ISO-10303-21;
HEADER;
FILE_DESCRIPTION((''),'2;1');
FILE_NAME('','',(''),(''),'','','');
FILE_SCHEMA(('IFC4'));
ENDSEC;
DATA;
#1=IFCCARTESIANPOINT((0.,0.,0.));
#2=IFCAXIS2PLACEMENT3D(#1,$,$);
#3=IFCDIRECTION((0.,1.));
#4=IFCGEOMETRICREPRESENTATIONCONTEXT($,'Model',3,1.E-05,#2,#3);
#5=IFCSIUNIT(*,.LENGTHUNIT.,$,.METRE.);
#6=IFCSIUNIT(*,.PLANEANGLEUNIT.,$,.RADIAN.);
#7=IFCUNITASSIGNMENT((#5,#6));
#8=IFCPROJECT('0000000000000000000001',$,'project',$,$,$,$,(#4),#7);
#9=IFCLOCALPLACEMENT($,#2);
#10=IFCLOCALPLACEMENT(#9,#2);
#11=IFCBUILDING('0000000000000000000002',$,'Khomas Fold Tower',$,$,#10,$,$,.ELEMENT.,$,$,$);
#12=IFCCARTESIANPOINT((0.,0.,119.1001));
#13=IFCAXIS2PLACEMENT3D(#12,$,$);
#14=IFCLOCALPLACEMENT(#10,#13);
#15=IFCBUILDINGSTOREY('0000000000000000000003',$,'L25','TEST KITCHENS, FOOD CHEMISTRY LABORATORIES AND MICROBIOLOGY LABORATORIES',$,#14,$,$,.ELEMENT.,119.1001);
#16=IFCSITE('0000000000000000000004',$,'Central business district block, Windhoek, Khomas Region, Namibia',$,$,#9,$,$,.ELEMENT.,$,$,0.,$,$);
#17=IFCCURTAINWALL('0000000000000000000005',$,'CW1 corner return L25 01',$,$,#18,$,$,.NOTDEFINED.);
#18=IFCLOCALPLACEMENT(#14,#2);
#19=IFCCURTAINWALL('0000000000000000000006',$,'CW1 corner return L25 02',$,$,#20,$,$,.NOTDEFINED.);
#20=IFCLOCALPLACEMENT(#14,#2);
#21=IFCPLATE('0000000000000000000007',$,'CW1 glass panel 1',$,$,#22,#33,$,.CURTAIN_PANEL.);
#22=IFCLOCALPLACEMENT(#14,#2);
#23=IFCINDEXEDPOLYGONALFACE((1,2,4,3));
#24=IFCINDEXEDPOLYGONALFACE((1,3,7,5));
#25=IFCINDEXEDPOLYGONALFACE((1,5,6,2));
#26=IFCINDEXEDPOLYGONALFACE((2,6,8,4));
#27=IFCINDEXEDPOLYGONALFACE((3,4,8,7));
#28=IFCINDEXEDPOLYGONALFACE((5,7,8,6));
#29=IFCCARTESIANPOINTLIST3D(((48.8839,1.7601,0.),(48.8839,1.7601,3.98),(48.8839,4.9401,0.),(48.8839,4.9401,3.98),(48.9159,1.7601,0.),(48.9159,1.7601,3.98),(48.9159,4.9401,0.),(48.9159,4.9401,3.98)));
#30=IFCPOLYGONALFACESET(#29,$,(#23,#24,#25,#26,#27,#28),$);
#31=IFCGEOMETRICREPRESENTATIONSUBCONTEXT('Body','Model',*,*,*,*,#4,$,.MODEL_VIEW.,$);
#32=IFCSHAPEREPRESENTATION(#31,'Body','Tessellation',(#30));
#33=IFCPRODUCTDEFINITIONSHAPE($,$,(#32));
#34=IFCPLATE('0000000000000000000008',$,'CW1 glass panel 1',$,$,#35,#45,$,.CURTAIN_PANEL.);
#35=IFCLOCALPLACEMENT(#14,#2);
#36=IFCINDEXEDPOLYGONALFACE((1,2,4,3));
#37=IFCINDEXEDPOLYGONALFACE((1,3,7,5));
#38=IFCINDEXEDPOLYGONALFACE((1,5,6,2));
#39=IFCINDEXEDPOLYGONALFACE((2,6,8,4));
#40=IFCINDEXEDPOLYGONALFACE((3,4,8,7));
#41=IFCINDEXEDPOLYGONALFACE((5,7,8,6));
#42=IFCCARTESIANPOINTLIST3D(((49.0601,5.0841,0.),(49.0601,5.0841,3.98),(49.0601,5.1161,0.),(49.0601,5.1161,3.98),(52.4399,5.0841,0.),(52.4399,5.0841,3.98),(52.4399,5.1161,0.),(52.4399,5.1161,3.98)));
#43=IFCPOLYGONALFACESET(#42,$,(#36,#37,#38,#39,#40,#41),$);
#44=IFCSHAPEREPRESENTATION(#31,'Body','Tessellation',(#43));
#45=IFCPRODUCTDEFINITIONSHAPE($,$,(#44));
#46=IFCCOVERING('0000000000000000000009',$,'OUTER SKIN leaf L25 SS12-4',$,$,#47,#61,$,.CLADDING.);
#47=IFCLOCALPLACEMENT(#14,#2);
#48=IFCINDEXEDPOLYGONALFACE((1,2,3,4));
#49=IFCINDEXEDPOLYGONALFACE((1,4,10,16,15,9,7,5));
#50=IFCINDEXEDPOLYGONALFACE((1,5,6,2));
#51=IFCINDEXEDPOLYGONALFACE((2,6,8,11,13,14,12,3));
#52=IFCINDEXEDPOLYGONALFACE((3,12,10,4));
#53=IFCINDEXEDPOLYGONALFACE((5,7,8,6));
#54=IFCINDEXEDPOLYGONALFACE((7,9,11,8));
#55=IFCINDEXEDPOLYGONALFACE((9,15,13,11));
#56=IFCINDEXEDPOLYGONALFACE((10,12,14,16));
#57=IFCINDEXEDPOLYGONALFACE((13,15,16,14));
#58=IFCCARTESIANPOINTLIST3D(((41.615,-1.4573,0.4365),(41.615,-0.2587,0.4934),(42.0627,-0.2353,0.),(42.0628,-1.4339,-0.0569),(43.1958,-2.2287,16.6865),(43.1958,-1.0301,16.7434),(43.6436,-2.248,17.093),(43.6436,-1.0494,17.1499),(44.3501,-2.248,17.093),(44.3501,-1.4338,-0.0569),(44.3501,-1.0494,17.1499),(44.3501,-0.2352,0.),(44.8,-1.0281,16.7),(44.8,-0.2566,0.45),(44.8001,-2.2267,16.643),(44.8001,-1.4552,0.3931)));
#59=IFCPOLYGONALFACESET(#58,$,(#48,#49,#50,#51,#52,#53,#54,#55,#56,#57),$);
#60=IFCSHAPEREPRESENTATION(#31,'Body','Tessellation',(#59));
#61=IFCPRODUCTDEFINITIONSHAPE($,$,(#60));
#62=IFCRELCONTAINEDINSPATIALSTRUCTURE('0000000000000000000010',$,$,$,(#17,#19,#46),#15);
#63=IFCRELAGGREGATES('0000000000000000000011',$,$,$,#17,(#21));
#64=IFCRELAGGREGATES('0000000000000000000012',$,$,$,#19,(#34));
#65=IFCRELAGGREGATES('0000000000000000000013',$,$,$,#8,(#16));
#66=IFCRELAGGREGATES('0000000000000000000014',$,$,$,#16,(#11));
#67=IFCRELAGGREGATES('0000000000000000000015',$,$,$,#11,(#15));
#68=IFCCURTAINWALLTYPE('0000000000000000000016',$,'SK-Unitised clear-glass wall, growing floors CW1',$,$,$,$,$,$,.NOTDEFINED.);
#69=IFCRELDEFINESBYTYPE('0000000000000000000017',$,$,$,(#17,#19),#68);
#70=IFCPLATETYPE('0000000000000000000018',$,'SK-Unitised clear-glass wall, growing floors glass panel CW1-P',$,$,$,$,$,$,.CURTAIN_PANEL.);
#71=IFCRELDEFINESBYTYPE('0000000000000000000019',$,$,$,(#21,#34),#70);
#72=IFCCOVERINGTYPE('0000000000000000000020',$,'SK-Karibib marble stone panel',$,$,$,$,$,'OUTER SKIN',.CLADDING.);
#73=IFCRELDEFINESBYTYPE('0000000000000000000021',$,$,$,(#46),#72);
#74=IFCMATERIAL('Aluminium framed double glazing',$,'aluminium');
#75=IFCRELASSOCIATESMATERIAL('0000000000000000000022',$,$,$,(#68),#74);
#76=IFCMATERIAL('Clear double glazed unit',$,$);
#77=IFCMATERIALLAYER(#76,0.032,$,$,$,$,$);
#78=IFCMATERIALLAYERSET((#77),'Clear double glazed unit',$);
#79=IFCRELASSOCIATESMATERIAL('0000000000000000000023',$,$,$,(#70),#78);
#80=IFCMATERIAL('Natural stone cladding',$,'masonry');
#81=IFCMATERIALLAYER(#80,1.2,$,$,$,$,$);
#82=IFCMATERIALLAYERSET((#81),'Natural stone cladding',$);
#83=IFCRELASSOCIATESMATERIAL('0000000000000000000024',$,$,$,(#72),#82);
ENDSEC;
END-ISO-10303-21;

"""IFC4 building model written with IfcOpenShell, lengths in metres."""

from ifc_helpers import new_model, si_unit, direction, frame, origin, origin_2d, place, context, subcontext, project, spatial, polyline, rectangle, outline, extrude, source, transform, mapped, material, layer, layer_set, type_object, element, aggregate, save


model = new_model("IFC4")

# Units and contexts
model_context = context("Model", 3, precision=1e-05, world=origin(), true_north=direction((0.0, 1.0)))
body_context = subcontext(model_context, "Body", "Model", "MODEL_VIEW")
ifc_project = project(units=[si_unit("LENGTHUNIT", "METRE"), si_unit("PLANEANGLEUNIT", "RADIAN")], contexts=[model_context])

# Site, building, storey
site_placement = place(None, origin())
site = spatial("IfcSite", under=ifc_project, at=site_placement, Name="Central business district block, Windhoek, Khomas Region, Namibia", CompositionType="ELEMENT", RefElevation=0.0)
building_placement = place(site_placement, origin())
building = spatial("IfcBuilding", under=site, at=building_placement, Name="Khomas Fold Tower", CompositionType="ELEMENT")
storey_placement = place(building_placement, frame((0.0, 0.0, 119.1001)))
storey = spatial("IfcBuildingStorey", under=building, at=storey_placement, Name="L25", Description="TEST KITCHENS, FOOD CHEMISTRY LABORATORIES AND MICROBIOLOGY LABORATORIES", CompositionType="ELEMENT", Elevation=119.1001)

# Shared definitions
ifc_material_1 = material(Name="Aluminium framed double glazing", Category="aluminium")
curtain_wall_type = type_object("IfcCurtainWallType", Name="SK-Unitised clear-glass wall, growing floors CW1", PredefinedType="NOTDEFINED", material=ifc_material_1)

# Curtain walls
curtain_wall_1_placement = place(storey_placement, origin())
curtain_wall_1 = element("IfcCurtainWall", 1, at=curtain_wall_1_placement, inside=storey, type_object=curtain_wall_type, Name="CW1 corner return L25 01", PredefinedType="NOTDEFINED")
curtain_wall_2_placement = place(storey_placement, origin())
curtain_wall_2 = element("IfcCurtainWall", 2, at=curtain_wall_2_placement, inside=storey, type_object=curtain_wall_type, Name="CW1 corner return L25 02", PredefinedType="NOTDEFINED")

# Plates
ifc_material_2 = material(Name="Clear double glazed unit")
ifc_layer_1 = layer(ifc_material_2, 0.032)
ifc_layer_set_1 = layer_set([ifc_layer_1], Name="Clear double glazed unit")
plate_type = type_object("IfcPlateType", Name="SK-Unitised clear-glass wall, growing floors glass panel CW1-P", PredefinedType="CURTAIN_PANEL", material=ifc_layer_set_1)
shared_shape_1 = source(origin(), body_context, "Body", "SweptSolid", [
    extrude(rectangle(XDim=3.1799, YDim=0.032, at=origin_2d()), origin(), (0.0, 0.0, 1.0), 3.98),
])
plate_1_placement = place(storey_placement, frame((48.8999, 3.3501, 0.0), z_axis=(0.0, 0.0, 1.0), x_axis=(0.0, 1.0, 0.0)))
plate_1 = element("IfcPlate", 3, at=plate_1_placement, type_object=plate_type, Name="CW1 glass panel 1", PredefinedType="CURTAIN_PANEL", context=body_context, shape_type="MappedRepresentation", body=[
    mapped(shared_shape_1, transform((0.0, 0.0, 0.0))),
])
aggregate(curtain_wall_1, [plate_1])
shared_shape_2 = source(origin(), body_context, "Body", "SweptSolid", [
    extrude(rectangle(XDim=3.3799, YDim=0.032, at=origin_2d()), origin(), (0.0, 0.0, 1.0), 3.98),
])
plate_2_placement = place(storey_placement, frame((50.75, 5.1001, 0.0), z_axis=(0.0, 0.0, 1.0), x_axis=(1.0, 0.0, 0.0)))
plate_2 = element("IfcPlate", 4, at=plate_2_placement, type_object=plate_type, Name="CW1 glass panel 1", PredefinedType="CURTAIN_PANEL", context=body_context, shape_type="MappedRepresentation", body=[
    mapped(shared_shape_2, transform((0.0, 0.0, 0.0))),
])
aggregate(curtain_wall_2, [plate_2])

# Covering
ifc_material_3 = material(Name="Natural stone cladding", Category="masonry")
ifc_layer_2 = layer(ifc_material_3, 1.2)
ifc_layer_set_2 = layer_set([ifc_layer_2], Name="Natural stone cladding")
covering_type = type_object("IfcCoveringType", Name="SK-Karibib marble stone panel", ElementType="OUTER SKIN", PredefinedType="CLADDING", material=ifc_layer_set_2)
covering_placement = place(storey_placement, frame((44.8, -1.0281, 16.7), z_axis=(-0.000005, 0.998875, 0.047422), x_axis=(0.0, 0.047422, -0.998875)))
element("IfcCovering", 5, at=covering_placement, inside=storey, type_object=covering_type, Name="OUTER SKIN leaf L25 SS12-4", PredefinedType="CLADDING", context=body_context, shape_type="SweptSolid", body=[
    extrude(outline(polyline([(0.0, 0.0), (16.2683, 0.0), (16.7188, 0.45), (16.7188, 2.7373), (16.2248, 3.1851), (-0.0435, 1.6042), (-0.4505, 1.1565), (-0.4505, 0.45), (0.0, 0.0)])), origin(), (0.0, 0.0, -1.0), 1.2),
])

save(model, "model.ifc")
